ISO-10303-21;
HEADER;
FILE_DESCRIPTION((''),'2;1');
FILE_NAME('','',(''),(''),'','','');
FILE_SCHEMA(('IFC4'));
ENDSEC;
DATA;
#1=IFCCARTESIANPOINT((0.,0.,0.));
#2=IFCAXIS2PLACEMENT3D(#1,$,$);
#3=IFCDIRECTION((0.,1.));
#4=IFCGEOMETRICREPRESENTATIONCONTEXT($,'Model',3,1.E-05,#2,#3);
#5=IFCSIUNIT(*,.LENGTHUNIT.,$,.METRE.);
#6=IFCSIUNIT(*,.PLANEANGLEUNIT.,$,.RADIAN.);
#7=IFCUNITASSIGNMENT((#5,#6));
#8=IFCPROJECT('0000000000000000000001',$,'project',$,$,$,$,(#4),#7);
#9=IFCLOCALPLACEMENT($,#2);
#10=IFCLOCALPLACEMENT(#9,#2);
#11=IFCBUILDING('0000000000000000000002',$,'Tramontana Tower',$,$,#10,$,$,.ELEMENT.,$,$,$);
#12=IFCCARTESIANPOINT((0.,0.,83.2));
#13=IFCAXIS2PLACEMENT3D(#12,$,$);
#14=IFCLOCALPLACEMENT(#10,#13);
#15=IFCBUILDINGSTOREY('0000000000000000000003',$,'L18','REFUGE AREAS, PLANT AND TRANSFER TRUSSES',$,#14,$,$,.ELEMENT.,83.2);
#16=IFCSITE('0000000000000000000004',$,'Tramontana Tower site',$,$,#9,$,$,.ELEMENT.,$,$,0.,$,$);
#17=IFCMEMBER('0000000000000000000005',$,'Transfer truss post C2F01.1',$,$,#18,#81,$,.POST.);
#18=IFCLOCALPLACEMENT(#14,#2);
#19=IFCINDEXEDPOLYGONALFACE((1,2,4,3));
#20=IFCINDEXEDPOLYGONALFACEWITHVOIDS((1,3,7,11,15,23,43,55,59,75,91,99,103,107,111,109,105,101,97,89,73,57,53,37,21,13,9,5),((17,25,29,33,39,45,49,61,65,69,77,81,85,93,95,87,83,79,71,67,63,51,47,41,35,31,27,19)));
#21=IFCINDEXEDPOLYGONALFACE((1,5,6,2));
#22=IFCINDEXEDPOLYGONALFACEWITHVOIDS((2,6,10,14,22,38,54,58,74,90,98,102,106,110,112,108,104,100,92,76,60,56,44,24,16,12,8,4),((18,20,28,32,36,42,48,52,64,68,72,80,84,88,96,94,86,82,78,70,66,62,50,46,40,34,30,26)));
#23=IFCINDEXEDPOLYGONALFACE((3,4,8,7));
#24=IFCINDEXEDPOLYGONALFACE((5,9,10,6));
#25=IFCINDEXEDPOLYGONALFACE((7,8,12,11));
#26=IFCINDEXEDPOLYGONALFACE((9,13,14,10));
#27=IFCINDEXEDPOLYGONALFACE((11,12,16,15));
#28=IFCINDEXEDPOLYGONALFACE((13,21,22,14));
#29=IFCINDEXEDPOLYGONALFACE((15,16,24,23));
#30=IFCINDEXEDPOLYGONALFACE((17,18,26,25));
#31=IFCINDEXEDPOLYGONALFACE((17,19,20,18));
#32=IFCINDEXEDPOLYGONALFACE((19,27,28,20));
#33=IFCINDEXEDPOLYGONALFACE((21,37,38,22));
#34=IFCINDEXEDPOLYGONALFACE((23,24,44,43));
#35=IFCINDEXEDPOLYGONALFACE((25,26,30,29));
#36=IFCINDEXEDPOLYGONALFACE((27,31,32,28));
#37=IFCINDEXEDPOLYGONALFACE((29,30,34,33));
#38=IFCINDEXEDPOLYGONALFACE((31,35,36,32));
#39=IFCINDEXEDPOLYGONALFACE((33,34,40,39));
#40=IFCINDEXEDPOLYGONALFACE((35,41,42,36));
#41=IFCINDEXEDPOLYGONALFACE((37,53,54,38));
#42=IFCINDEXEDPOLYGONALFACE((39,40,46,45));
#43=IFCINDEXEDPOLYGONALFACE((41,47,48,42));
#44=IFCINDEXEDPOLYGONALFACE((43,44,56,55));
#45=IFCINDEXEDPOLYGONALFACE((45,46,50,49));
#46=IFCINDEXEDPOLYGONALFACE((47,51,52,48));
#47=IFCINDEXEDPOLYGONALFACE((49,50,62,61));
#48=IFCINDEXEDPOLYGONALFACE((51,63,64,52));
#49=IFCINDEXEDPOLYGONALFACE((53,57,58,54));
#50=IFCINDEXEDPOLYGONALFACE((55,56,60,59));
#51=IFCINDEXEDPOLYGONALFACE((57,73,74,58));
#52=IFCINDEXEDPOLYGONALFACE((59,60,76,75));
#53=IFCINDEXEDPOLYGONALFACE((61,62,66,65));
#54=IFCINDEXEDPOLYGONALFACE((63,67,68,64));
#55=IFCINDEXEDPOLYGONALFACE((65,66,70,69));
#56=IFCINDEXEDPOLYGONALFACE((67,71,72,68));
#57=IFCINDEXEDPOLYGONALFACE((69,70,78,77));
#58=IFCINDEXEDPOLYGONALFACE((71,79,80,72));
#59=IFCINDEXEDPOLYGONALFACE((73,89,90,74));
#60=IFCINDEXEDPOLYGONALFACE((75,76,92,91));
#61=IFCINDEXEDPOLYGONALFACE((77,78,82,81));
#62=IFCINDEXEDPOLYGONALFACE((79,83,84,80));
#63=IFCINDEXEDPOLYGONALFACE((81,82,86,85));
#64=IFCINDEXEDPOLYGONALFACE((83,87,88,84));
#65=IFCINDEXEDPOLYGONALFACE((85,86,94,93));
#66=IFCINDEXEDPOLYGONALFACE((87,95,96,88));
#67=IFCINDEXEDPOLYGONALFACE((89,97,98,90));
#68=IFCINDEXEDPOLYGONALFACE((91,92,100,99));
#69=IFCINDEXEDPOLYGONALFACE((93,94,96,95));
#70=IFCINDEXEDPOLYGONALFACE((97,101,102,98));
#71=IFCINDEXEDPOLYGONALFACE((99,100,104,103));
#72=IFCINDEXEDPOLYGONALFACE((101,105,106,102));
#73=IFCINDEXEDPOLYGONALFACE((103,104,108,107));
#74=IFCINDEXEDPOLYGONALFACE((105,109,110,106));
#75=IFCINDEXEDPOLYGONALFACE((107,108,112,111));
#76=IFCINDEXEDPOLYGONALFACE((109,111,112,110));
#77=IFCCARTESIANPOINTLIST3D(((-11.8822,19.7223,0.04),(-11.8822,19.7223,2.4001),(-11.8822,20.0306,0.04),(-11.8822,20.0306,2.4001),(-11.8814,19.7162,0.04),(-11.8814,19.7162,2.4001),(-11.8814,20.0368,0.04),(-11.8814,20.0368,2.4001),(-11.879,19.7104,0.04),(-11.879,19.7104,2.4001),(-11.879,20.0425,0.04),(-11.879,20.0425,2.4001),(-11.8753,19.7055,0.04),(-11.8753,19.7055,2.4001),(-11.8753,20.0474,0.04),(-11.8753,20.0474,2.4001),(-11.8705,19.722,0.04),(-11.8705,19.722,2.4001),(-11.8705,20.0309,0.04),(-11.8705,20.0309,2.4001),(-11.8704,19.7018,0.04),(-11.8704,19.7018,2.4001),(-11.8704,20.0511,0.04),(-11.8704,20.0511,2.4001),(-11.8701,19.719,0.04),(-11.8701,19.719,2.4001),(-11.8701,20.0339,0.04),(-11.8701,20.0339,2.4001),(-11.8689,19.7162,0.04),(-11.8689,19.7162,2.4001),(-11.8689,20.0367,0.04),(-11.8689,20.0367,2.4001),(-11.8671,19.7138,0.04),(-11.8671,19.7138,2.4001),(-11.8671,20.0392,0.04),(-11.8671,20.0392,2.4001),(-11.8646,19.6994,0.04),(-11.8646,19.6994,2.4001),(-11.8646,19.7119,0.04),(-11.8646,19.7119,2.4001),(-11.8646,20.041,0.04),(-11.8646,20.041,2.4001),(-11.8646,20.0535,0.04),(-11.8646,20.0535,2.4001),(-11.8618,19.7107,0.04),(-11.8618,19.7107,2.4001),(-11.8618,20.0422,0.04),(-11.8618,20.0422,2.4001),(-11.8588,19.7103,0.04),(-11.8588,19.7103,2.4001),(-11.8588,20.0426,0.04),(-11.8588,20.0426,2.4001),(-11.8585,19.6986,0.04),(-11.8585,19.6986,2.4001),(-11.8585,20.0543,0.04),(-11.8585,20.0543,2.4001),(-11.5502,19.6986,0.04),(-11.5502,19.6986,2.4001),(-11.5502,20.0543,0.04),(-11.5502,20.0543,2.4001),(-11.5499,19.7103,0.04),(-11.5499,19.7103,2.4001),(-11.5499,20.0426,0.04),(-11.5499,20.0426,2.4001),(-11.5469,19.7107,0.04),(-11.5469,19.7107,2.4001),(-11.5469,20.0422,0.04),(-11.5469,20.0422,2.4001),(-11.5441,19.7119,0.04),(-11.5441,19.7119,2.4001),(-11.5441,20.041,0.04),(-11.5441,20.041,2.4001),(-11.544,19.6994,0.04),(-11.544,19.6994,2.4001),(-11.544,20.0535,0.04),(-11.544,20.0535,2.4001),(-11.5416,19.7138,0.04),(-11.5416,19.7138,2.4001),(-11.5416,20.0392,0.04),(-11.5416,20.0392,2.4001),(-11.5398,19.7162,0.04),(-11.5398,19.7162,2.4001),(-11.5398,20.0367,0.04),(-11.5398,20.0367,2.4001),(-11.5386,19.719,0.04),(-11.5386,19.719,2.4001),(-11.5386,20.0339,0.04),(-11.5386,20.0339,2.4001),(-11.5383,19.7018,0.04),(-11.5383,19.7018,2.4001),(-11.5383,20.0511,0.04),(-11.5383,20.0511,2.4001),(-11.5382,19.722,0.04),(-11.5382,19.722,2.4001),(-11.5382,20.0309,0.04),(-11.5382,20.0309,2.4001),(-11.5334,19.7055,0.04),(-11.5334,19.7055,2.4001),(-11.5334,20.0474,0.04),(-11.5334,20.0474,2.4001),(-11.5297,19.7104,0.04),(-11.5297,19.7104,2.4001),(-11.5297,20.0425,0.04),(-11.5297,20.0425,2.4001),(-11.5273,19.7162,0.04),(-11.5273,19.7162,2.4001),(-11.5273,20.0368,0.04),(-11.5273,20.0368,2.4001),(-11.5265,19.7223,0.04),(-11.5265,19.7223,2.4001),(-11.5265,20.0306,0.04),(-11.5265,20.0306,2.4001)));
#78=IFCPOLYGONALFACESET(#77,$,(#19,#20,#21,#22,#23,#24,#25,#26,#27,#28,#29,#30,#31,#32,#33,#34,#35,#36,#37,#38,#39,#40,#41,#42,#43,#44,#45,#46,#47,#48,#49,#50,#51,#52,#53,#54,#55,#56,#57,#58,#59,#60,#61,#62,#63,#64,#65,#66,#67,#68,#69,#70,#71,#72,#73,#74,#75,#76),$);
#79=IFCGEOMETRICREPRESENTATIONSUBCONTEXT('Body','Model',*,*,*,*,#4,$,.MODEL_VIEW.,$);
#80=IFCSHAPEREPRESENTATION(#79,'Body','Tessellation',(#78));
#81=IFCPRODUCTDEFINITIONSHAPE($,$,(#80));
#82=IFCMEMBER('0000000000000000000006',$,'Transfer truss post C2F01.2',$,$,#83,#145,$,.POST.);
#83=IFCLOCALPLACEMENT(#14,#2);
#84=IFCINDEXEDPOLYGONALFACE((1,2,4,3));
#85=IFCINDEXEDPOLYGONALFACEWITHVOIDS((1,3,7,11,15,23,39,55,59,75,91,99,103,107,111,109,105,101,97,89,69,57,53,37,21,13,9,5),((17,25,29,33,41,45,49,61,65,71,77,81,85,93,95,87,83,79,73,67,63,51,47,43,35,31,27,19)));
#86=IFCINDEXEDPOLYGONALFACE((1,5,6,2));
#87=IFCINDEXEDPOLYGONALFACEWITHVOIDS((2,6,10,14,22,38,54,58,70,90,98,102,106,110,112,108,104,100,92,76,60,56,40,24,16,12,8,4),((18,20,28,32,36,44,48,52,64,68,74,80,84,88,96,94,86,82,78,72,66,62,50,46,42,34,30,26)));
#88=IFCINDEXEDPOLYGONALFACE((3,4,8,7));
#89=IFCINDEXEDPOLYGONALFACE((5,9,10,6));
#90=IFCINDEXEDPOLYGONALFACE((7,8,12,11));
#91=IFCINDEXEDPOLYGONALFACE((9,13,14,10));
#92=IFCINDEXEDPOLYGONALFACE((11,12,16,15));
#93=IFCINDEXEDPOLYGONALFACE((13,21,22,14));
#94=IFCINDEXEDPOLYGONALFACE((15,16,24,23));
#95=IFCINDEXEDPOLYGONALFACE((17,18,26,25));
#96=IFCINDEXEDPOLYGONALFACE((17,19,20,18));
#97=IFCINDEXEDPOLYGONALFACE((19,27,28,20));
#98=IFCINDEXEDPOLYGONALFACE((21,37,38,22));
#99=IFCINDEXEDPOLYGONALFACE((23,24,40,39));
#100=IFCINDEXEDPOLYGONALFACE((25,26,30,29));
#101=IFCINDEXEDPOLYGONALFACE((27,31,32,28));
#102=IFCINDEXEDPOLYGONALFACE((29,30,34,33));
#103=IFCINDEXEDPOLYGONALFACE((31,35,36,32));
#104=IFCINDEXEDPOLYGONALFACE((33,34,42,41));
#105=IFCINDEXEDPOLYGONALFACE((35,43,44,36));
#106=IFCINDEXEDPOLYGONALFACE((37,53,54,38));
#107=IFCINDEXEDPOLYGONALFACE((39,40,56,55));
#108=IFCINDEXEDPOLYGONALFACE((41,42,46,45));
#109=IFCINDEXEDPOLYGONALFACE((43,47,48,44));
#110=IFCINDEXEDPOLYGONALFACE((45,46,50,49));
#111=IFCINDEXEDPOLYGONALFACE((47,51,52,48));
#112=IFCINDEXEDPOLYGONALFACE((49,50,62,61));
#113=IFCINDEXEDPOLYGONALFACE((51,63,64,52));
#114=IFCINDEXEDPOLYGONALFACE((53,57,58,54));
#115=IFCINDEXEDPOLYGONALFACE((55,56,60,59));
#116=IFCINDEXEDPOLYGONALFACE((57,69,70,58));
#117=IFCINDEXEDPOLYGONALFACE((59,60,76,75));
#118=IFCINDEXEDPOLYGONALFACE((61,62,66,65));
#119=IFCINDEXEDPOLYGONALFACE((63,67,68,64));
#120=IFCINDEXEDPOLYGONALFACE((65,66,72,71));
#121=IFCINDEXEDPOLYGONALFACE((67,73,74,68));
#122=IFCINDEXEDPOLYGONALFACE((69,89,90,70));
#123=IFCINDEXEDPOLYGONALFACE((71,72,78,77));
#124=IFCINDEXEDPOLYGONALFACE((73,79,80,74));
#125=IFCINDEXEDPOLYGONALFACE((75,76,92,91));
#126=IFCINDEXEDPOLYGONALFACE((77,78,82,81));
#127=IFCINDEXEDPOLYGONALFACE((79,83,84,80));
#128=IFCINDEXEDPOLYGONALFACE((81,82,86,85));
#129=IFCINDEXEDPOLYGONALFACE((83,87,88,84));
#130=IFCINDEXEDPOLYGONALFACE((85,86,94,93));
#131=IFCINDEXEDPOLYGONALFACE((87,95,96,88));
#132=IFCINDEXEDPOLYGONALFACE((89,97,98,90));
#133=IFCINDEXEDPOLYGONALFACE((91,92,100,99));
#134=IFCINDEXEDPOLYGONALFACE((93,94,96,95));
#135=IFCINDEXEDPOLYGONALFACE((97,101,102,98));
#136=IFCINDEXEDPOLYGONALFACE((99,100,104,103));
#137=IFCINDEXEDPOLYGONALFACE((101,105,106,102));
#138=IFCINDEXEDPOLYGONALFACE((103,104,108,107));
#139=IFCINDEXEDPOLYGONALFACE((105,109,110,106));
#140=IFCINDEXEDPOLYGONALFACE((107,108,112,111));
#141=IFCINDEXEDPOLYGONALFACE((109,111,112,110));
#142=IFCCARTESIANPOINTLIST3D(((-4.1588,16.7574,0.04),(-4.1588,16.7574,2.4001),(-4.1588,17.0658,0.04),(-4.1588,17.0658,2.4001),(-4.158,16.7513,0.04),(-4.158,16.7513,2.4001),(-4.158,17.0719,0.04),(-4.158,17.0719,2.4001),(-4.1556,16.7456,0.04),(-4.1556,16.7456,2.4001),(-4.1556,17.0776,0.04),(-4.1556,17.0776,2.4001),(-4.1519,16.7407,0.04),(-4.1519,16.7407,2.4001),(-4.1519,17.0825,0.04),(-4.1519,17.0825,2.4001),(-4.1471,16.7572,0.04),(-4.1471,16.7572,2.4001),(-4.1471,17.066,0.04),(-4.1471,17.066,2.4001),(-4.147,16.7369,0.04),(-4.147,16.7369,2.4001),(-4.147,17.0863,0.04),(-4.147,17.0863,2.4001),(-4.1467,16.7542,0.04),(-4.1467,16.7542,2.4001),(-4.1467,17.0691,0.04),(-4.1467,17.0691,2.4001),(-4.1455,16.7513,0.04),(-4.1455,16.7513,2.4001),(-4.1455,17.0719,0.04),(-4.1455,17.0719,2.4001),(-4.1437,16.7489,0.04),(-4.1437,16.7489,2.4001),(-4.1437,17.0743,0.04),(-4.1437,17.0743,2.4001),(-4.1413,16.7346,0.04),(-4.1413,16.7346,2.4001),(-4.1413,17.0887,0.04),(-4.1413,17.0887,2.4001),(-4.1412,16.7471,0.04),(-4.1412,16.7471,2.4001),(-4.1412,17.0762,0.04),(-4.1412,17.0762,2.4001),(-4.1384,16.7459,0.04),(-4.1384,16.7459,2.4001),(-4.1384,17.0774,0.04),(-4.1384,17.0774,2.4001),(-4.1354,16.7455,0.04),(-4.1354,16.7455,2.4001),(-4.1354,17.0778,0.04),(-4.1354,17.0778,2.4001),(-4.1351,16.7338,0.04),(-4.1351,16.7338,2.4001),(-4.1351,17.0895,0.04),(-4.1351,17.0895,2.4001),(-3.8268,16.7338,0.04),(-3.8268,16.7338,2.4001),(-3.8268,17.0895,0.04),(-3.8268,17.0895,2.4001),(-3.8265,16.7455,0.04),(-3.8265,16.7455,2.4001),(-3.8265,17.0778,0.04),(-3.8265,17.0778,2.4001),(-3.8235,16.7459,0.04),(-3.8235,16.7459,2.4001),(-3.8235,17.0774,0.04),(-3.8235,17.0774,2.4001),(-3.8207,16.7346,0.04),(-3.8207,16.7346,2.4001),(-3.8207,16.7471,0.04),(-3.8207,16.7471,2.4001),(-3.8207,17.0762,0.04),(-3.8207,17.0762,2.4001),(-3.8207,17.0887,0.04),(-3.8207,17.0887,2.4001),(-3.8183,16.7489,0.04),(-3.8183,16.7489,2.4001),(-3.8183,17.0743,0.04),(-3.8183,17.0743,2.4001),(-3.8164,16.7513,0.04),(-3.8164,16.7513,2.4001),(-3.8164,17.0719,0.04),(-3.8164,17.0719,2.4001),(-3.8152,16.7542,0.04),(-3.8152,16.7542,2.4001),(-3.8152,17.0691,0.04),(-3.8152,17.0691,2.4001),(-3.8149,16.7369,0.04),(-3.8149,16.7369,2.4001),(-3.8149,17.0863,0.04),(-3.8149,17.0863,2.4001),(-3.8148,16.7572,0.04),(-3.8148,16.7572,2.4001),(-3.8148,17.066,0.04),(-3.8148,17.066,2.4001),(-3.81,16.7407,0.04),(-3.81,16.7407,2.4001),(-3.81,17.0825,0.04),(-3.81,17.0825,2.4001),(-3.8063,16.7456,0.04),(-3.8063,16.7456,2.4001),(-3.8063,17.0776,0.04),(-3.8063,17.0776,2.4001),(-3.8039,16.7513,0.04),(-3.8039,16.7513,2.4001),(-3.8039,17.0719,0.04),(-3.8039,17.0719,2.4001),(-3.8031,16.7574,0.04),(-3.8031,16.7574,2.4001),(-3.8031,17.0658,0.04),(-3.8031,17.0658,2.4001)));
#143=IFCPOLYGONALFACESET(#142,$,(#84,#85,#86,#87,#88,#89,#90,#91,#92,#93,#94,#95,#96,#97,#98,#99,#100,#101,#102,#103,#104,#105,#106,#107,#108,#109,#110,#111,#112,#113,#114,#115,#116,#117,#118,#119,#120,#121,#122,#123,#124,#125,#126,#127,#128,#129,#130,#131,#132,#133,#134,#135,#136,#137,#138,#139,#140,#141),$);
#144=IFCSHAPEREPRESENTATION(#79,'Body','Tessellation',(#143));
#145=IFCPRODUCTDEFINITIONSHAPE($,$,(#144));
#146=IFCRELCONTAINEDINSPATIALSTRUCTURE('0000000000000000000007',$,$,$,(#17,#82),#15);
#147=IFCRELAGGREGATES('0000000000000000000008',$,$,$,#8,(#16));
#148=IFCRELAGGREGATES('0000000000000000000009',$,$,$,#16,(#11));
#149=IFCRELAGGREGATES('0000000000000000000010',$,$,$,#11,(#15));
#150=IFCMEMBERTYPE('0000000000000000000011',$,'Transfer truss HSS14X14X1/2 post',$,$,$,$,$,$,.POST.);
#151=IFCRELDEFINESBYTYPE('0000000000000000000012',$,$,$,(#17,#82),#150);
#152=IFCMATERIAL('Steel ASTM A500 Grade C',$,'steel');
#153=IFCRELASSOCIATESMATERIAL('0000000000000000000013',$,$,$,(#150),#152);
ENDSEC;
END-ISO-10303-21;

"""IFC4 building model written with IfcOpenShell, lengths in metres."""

from ifc_helpers import new_model, si_unit, direction, frame, origin, origin_2d, place, context, subcontext, project, spatial, hollow_rectangle, extrude, material, material_profile, profile_set, type_object, element, save


model = new_model("IFC4")

# Units and contexts
model_context = context("Model", 3, precision=1e-05, world=origin(), true_north=direction((0.0, 1.0)))
body_context = subcontext(model_context, "Body", "Model", "MODEL_VIEW")
ifc_project = project(units=[si_unit("LENGTHUNIT", "METRE"), si_unit("PLANEANGLEUNIT", "RADIAN")], contexts=[model_context])

# Site, building, storey
site_placement = place(None, origin())
site = spatial("IfcSite", under=ifc_project, at=site_placement, Name="Tramontana Tower site", CompositionType="ELEMENT", RefElevation=0.0)
building_placement = place(site_placement, origin())
building = spatial("IfcBuilding", under=site, at=building_placement, Name="Tramontana Tower", CompositionType="ELEMENT")
storey_placement = place(building_placement, frame((0.0, 0.0, 83.2)))
storey = spatial("IfcBuildingStorey", under=building, at=storey_placement, Name="L18", Description="REFUGE AREAS, PLANT AND TRANSFER TRUSSES", CompositionType="ELEMENT", Elevation=83.2)

# Members
ifc_material_1 = material(Name="Steel ASTM A500 Grade C", Category="steel")
ifc_material_profile_1 = material_profile(ifc_material_1, hollow_rectangle(XDim=0.3557, YDim=0.3557, WallThickness=0.0117, InnerFilletRadius=0.0117, OuterFilletRadius=0.0237, at=origin_2d()), Name="HSS14X14X1/2")
ifc_profile_set_1 = profile_set([ifc_material_profile_1], Name="Steel ASTM A500 Grade C")
member_type_1 = type_object("IfcMemberType", Name="Transfer truss HSS14X14X1/2 post", PredefinedType="POST", material=ifc_profile_set_1)
for number, where, z_axis, x_axis, name in (
    (1, (-11.7043, 19.8765, 0.04), (0.0, 0.0, 1.0), (1.0, 0.0, 0.0), "Transfer truss post C2F01.1"),
    (2, (-3.981, 16.9116, 0.04), (0.0, 0.0, 1.0), (1.0, 0.0, 0.0), "Transfer truss post C2F01.2"),
):
    element("IfcMember", number, at=place(storey_placement, frame(where, z_axis=z_axis, x_axis=x_axis)), inside=storey, type_object=member_type_1, Name=name, PredefinedType="POST", context=body_context, shape_type="SweptSolid", body=[
        extrude(hollow_rectangle(XDim=0.3557, YDim=0.3557, WallThickness=0.0117, InnerFilletRadius=0.0117, OuterFilletRadius=0.0237, at=origin_2d()), origin(), (0.0, 0.0, 1.0), 2.3601),
    ])

save(model, "model.ifc")
